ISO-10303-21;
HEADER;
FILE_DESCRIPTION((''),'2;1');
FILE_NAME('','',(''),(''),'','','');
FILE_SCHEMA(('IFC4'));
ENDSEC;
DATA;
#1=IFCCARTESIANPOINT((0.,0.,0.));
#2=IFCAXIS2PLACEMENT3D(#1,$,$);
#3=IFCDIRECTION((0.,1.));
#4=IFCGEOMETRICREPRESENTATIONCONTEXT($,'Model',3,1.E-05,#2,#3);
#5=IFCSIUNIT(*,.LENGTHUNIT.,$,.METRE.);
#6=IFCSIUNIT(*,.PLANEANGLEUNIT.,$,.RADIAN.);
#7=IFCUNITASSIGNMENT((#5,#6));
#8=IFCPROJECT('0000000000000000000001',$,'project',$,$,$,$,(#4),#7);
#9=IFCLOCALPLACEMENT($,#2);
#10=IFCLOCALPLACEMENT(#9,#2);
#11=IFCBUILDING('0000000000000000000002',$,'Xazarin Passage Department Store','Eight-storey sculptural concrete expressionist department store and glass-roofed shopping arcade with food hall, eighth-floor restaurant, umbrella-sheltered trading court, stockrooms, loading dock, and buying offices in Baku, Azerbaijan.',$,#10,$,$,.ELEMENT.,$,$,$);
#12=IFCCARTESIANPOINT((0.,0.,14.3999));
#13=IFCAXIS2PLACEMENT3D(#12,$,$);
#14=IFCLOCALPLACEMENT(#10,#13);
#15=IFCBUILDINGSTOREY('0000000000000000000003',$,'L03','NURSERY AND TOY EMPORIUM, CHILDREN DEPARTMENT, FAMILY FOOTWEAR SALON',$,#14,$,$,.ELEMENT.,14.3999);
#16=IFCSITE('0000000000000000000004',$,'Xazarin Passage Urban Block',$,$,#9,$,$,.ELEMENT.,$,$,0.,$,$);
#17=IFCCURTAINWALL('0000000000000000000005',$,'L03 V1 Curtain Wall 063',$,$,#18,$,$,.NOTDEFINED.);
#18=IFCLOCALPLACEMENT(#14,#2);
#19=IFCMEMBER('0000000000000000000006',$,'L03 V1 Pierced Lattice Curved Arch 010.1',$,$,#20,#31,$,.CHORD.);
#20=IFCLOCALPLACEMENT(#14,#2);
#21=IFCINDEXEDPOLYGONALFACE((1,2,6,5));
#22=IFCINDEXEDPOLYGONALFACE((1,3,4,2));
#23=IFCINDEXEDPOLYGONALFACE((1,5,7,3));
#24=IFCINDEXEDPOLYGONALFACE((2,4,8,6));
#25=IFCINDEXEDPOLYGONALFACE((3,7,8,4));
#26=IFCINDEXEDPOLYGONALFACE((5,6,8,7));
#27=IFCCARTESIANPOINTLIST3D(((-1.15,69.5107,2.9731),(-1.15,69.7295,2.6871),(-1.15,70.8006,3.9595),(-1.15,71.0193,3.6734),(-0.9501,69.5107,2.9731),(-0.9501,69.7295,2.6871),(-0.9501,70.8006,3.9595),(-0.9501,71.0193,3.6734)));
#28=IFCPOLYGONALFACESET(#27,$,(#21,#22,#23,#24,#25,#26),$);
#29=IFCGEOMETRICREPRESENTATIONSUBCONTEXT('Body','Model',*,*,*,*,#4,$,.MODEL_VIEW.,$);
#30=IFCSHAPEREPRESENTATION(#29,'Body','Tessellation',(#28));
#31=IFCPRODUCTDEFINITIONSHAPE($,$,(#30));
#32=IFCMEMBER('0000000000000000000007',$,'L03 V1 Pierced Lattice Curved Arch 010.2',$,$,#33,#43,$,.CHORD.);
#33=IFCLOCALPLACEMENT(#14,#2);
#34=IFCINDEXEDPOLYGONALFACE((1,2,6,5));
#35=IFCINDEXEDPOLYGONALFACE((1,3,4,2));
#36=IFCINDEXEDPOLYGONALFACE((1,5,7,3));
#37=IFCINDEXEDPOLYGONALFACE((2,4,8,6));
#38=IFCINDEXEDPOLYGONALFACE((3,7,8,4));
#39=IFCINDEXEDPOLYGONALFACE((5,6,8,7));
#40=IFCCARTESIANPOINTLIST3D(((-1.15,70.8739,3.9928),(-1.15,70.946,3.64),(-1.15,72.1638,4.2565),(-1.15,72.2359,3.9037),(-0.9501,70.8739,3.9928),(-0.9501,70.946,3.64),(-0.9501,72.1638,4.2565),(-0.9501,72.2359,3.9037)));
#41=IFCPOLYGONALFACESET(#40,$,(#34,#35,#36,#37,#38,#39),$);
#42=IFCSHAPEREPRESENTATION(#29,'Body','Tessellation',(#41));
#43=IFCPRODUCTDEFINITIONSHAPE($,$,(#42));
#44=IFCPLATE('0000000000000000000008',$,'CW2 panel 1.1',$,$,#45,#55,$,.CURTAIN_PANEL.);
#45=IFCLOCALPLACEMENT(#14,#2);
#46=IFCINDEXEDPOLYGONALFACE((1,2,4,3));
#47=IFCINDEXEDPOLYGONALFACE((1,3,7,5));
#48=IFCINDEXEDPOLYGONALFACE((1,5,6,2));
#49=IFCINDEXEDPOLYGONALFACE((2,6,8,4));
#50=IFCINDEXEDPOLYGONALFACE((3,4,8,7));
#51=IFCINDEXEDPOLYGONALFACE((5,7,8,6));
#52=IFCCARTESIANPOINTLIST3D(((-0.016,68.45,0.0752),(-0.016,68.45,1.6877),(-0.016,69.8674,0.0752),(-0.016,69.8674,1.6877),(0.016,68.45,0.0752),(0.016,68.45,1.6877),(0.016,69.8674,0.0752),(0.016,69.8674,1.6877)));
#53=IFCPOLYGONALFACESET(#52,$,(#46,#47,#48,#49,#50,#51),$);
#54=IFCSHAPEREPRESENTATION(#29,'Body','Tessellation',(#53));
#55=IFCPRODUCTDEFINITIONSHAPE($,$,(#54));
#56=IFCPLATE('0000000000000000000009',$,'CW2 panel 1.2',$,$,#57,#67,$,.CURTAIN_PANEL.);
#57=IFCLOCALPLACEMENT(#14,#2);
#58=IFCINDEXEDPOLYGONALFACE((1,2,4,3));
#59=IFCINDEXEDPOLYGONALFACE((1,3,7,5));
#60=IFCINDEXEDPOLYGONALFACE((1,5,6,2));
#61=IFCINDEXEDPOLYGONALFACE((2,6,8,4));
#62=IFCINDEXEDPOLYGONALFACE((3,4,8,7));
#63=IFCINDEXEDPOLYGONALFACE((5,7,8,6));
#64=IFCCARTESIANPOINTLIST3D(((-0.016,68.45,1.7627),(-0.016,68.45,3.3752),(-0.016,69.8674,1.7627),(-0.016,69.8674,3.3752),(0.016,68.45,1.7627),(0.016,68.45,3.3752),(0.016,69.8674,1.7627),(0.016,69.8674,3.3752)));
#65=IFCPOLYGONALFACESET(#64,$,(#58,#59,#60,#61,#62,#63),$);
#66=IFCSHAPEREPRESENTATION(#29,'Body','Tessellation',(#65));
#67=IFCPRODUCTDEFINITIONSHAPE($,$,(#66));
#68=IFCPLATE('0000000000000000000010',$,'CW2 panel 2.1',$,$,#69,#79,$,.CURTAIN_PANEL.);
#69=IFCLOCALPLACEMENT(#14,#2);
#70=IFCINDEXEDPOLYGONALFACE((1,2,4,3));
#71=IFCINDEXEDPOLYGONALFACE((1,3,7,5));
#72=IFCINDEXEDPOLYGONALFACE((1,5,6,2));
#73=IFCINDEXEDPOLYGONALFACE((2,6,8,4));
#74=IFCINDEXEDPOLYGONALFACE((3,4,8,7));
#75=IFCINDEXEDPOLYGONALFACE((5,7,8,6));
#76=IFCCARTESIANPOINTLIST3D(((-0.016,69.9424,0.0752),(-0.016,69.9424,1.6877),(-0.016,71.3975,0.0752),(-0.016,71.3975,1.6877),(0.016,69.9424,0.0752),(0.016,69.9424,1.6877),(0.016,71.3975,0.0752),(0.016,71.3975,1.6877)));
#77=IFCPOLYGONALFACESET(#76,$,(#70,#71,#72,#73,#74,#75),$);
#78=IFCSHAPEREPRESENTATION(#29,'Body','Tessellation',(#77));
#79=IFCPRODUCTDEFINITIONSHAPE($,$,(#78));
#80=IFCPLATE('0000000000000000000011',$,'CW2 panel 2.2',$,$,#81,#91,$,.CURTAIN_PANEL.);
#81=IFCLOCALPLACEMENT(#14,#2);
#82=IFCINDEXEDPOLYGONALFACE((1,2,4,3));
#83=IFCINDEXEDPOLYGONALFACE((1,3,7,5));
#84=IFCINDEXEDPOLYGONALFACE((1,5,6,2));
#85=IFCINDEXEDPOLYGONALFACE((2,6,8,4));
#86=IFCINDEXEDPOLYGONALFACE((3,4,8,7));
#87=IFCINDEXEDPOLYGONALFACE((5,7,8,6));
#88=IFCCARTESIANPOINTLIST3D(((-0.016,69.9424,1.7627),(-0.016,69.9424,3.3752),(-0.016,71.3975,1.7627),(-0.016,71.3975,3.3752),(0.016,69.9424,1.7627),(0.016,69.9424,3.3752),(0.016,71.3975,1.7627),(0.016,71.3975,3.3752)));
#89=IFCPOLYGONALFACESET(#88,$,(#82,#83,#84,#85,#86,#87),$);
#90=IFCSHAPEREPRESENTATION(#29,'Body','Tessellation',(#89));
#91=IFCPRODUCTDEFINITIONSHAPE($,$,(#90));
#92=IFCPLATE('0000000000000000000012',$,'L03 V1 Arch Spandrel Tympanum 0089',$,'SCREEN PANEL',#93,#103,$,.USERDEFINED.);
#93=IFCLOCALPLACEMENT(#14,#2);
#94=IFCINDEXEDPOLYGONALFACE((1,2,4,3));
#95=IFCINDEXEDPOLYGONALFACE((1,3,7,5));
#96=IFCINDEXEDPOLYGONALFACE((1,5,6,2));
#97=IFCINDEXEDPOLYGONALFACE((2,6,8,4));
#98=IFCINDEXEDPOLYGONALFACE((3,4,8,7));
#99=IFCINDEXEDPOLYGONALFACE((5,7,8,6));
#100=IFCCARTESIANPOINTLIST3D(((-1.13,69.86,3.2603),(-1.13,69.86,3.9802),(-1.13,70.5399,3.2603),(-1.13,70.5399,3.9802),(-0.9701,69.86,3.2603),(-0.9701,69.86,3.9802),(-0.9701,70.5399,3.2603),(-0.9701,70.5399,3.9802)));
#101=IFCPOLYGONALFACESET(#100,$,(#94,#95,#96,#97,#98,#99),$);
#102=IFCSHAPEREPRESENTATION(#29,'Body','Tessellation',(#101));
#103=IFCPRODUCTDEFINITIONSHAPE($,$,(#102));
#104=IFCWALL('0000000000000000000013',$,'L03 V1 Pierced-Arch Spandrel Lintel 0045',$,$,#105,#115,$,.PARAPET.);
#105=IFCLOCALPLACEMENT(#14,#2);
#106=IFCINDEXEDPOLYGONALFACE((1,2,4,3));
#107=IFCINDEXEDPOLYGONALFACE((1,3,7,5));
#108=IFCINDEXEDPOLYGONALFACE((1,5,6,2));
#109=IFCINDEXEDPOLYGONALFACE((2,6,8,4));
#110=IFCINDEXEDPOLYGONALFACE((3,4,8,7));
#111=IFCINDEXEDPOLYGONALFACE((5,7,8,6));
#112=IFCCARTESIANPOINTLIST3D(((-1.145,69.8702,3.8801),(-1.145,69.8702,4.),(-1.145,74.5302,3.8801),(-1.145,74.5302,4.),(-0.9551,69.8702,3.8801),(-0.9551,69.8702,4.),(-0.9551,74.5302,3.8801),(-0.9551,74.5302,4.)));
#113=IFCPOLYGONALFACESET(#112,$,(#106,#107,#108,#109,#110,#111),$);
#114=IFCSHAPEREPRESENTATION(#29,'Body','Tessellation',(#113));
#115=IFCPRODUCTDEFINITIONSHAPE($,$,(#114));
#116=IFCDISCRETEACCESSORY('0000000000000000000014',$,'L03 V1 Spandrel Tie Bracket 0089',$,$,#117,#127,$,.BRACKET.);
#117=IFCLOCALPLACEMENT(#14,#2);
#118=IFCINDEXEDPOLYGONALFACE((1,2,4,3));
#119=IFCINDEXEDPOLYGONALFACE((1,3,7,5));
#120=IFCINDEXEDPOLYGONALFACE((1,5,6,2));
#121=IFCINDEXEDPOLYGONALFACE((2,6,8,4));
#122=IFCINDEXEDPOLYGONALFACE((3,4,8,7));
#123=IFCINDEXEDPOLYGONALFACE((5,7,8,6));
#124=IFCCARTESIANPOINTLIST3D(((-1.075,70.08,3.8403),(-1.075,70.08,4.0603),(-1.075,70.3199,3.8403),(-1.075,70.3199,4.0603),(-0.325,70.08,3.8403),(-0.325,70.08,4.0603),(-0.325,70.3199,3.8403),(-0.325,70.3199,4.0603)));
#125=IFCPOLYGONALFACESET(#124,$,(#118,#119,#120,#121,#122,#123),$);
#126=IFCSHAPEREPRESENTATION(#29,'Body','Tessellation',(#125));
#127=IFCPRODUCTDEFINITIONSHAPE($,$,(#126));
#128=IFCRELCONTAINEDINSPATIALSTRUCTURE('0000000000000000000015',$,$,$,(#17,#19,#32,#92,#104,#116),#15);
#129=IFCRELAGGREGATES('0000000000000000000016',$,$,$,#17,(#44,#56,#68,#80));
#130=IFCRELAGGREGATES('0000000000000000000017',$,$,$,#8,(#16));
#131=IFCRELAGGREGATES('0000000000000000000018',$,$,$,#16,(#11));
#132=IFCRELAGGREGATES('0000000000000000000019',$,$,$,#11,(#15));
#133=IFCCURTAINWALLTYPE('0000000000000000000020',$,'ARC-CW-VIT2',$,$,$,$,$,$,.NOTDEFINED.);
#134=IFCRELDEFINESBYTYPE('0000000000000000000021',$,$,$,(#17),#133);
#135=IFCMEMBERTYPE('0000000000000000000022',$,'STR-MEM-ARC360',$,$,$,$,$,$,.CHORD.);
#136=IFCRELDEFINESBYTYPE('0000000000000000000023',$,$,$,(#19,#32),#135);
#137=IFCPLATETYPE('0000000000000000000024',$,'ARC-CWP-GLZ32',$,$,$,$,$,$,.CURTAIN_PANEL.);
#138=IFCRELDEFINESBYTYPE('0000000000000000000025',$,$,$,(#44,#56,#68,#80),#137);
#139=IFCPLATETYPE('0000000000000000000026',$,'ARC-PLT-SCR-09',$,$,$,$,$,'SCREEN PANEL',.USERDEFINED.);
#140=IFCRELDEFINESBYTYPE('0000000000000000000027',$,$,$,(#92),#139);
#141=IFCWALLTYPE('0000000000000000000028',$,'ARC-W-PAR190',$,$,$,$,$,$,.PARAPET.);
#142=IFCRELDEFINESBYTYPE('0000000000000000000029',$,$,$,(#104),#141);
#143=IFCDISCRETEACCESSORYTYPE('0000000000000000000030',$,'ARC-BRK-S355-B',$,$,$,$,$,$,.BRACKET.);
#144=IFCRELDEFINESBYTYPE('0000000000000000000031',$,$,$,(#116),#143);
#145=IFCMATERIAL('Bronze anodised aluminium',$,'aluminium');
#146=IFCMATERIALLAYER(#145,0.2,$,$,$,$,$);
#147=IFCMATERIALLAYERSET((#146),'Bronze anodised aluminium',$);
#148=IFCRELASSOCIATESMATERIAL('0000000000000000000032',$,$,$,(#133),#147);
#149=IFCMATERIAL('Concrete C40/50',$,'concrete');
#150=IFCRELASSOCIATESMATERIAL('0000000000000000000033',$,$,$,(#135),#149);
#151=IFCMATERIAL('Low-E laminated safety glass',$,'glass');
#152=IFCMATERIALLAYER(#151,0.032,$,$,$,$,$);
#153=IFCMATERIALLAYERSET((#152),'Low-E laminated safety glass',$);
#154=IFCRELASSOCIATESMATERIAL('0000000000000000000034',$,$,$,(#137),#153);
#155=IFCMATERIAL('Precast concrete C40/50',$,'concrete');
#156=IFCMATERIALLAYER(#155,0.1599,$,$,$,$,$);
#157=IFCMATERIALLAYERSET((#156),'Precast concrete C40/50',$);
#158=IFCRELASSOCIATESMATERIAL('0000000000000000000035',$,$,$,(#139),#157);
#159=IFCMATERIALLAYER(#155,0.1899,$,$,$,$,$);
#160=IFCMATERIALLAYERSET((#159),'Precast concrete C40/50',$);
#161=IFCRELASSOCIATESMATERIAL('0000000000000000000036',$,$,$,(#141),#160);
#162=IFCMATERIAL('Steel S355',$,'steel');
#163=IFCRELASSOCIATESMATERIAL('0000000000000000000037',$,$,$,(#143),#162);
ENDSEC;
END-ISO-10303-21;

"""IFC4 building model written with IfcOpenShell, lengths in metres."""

from ifc_helpers import new_model, si_unit, direction, frame, frame_2d, origin, origin_2d, place, context, subcontext, project, spatial, rectangle, extrude, material, layer, layer_set, material_profile, profile_set, type_object, element, aggregate, save


model = new_model("IFC4")

# Units and contexts
model_context = context("Model", 3, precision=1e-05, world=origin(), true_north=direction((0.0, 1.0)))
body_context = subcontext(model_context, "Body", "Model", "MODEL_VIEW")
ifc_project = project(units=[si_unit("LENGTHUNIT", "METRE"), si_unit("PLANEANGLEUNIT", "RADIAN")], contexts=[model_context])

# Site, building, storey
site_placement = place(None, origin())
site = spatial("IfcSite", under=ifc_project, at=site_placement, Name="Xazarin Passage Urban Block", CompositionType="ELEMENT", RefElevation=0.0)
building_placement = place(site_placement, origin())
building = spatial("IfcBuilding", under=site, at=building_placement, Name="Xazarin Passage Department Store", Description="Eight-storey sculptural concrete expressionist department store and glass-roofed shopping arcade with food hall, eighth-floor restaurant, umbrella-sheltered trading court, stockrooms, loading dock, and buying offices in Baku, Azerbaijan.", CompositionType="ELEMENT")
storey_placement = place(building_placement, frame((0.0, 0.0, 14.3999)))
storey = spatial("IfcBuildingStorey", under=building, at=storey_placement, Name="L03", Description="NURSERY AND TOY EMPORIUM, CHILDREN DEPARTMENT, FAMILY FOOTWEAR SALON", CompositionType="ELEMENT", Elevation=14.3999)

# Shared definitions
ifc_material_1 = material(Name="Concrete C40/50", Category="concrete")

# Curtain wall
ifc_material_2 = material(Name="Bronze anodised aluminium", Category="aluminium")
ifc_layer_1 = layer(ifc_material_2, 0.2)
ifc_layer_set_1 = layer_set([ifc_layer_1], Name="Bronze anodised aluminium")
curtain_wall_type = type_object("IfcCurtainWallType", Name="ARC-CW-VIT2", PredefinedType="NOTDEFINED", material=ifc_layer_set_1)
curtain_wall_placement = place(storey_placement, origin())
curtain_wall = element("IfcCurtainWall", 1, at=curtain_wall_placement, inside=storey, type_object=curtain_wall_type, Name="L03 V1 Curtain Wall 063", PredefinedType="NOTDEFINED")

# Members
ifc_material_profile_1 = material_profile(ifc_material_1, rectangle(XDim=0.2, YDim=0.3601, at=origin_2d()), Name="RC 200x360")
ifc_profile_set_1 = profile_set([ifc_material_profile_1], Name="Concrete C40/50")
member_type_1 = type_object("IfcMemberType", Name="STR-MEM-ARC360", PredefinedType="CHORD", material=ifc_profile_set_1)
member_1_placement = place(storey_placement, frame((-1.05, 69.6201, 2.8301), z_axis=(0.0, 0.794354, 0.607456), x_axis=(-1.0, 0.0, 0.0)))
element("IfcMember", 2, at=member_1_placement, inside=storey, type_object=member_type_1, Name="L03 V1 Pierced Lattice Curved Arch 010.1", PredefinedType="CHORD", context=body_context, shape_type="SweptSolid", body=[
    extrude(rectangle(XDim=0.2, YDim=0.3601, at=origin_2d()), origin(), (0.0, 0.0, 1.0), 1.6238),
])
member_2_placement = place(storey_placement, frame((-1.05, 70.9099, 3.8164), z_axis=(0.0, 0.979745, 0.200251), x_axis=(-1.0, 0.0, 0.0)))
element("IfcMember", 3, at=member_2_placement, inside=storey, type_object=member_type_1, Name="L03 V1 Pierced Lattice Curved Arch 010.2", PredefinedType="CHORD", context=body_context, shape_type="SweptSolid", body=[
    extrude(rectangle(XDim=0.2, YDim=0.3601, at=origin_2d()), origin(), (0.0, 0.0, 1.0), 1.3167),
])

# Plates
ifc_material_3 = material(Name="Low-E laminated safety glass", Category="glass")
ifc_layer_2 = layer(ifc_material_3, 0.032)
ifc_layer_set_2 = layer_set([ifc_layer_2], Name="Low-E laminated safety glass")
plate_type_1 = type_object("IfcPlateType", Name="ARC-CWP-GLZ32", PredefinedType="CURTAIN_PANEL", material=ifc_layer_set_2)
plate_1_placement = place(storey_placement, frame((0.0, 69.1587, 0.0752), z_axis=(0.0, 0.0, 1.0), x_axis=(0.0, 1.0, 0.0)))
plate_1 = element("IfcPlate", 4, at=plate_1_placement, type_object=plate_type_1, Name="CW2 panel 1.1", PredefinedType="CURTAIN_PANEL", context=body_context, shape_type="SweptSolid", body=[
    extrude(rectangle(XDim=1.4175, YDim=0.032, at=origin_2d()), origin(), (0.0, 0.0, 1.0), 1.6125),
])
plate_2_placement = place(storey_placement, frame((0.0, 69.1587, 1.7627), z_axis=(0.0, 0.0, 1.0), x_axis=(0.0, 1.0, 0.0)))
plate_2 = element("IfcPlate", 5, at=plate_2_placement, type_object=plate_type_1, Name="CW2 panel 1.2", PredefinedType="CURTAIN_PANEL", context=body_context, shape_type="SweptSolid", body=[
    extrude(rectangle(XDim=1.4175, YDim=0.032, at=origin_2d()), origin(), (0.0, 0.0, 1.0), 1.6125),
])
plate_3_placement = place(storey_placement, frame((0.0, 70.6699, 0.0752), z_axis=(0.0, 0.0, 1.0), x_axis=(0.0, 1.0, 0.0)))
plate_3 = element("IfcPlate", 6, at=plate_3_placement, type_object=plate_type_1, Name="CW2 panel 2.1", PredefinedType="CURTAIN_PANEL", context=body_context, shape_type="SweptSolid", body=[
    extrude(rectangle(XDim=1.4551, YDim=0.032, at=origin_2d()), origin(), (0.0, 0.0, 1.0), 1.6125),
])
plate_4_placement = place(storey_placement, frame((0.0, 70.6699, 1.7627), z_axis=(0.0, 0.0, 1.0), x_axis=(0.0, 1.0, 0.0)))
plate_4 = element("IfcPlate", 7, at=plate_4_placement, type_object=plate_type_1, Name="CW2 panel 2.2", PredefinedType="CURTAIN_PANEL", context=body_context, shape_type="SweptSolid", body=[
    extrude(rectangle(XDim=1.4551, YDim=0.032, at=origin_2d()), origin(), (0.0, 0.0, 1.0), 1.6125),
])
aggregate(curtain_wall, [plate_1, plate_2, plate_3, plate_4])
ifc_material_4 = material(Name="Precast concrete C40/50", Category="concrete")
ifc_layer_3 = layer(ifc_material_4, 0.1599)
ifc_layer_set_3 = layer_set([ifc_layer_3], Name="Precast concrete C40/50")
plate_type_2 = type_object("IfcPlateType", Name="ARC-PLT-SCR-09", ElementType="SCREEN PANEL", PredefinedType="USERDEFINED", material=ifc_layer_set_3)
plate_5_placement = place(storey_placement, frame((-1.05, 70.2, 3.2603), z_axis=(0.0, 0.0, 1.0), x_axis=(0.0, 1.0, 0.0)))
element("IfcPlate", 8, at=plate_5_placement, inside=storey, type_object=plate_type_2, Name="L03 V1 Arch Spandrel Tympanum 0089", ObjectType="SCREEN PANEL", PredefinedType="USERDEFINED", context=body_context, shape_type="SweptSolid", body=[
    extrude(rectangle(XDim=0.6799, YDim=0.1599, at=origin_2d()), origin(), (0.0, 0.0, 1.0), 0.72),
])

# Wall
ifc_layer_4 = layer(ifc_material_4, 0.1899)
ifc_layer_set_4 = layer_set([ifc_layer_4], Name="Precast concrete C40/50")
wall_type = type_object("IfcWallType", Name="ARC-W-PAR190", PredefinedType="PARAPET", material=ifc_layer_set_4)
wall_placement = place(storey_placement, frame((-1.05, 69.8701, 3.8801), z_axis=(0.0, 0.0, 1.0), x_axis=(0.0, 1.0, 0.0)))
element("IfcWall", 9, at=wall_placement, inside=storey, type_object=wall_type, Name="L03 V1 Pierced-Arch Spandrel Lintel 0045", PredefinedType="PARAPET", context=body_context, shape_type="SweptSolid", body=[
    extrude(rectangle(XDim=4.6599, YDim=0.1899, at=frame_2d((2.3301, 0.0))), origin(), (0.0, 0.0, 1.0), 0.1199),
])

# Discrete accessory
ifc_material_5 = material(Name="Steel S355", Category="steel")
discrete_accessory_type = type_object("IfcDiscreteAccessoryType", Name="ARC-BRK-S355-B", PredefinedType="BRACKET", material=ifc_material_5)
discrete_accessory_placement = place(storey_placement, frame((-0.7, 70.2, 3.8403), z_axis=(0.0, 0.0, 1.0), x_axis=(0.0, 1.0, 0.0)))
element("IfcDiscreteAccessory", 10, at=discrete_accessory_placement, inside=storey, type_object=discrete_accessory_type, Name="L03 V1 Spandrel Tie Bracket 0089", PredefinedType="BRACKET", context=body_context, shape_type="SweptSolid", body=[
    extrude(rectangle(XDim=0.24, YDim=0.75, at=origin_2d()), origin(), (0.0, 0.0, 1.0), 0.22),
])

save(model, "model.ifc")
